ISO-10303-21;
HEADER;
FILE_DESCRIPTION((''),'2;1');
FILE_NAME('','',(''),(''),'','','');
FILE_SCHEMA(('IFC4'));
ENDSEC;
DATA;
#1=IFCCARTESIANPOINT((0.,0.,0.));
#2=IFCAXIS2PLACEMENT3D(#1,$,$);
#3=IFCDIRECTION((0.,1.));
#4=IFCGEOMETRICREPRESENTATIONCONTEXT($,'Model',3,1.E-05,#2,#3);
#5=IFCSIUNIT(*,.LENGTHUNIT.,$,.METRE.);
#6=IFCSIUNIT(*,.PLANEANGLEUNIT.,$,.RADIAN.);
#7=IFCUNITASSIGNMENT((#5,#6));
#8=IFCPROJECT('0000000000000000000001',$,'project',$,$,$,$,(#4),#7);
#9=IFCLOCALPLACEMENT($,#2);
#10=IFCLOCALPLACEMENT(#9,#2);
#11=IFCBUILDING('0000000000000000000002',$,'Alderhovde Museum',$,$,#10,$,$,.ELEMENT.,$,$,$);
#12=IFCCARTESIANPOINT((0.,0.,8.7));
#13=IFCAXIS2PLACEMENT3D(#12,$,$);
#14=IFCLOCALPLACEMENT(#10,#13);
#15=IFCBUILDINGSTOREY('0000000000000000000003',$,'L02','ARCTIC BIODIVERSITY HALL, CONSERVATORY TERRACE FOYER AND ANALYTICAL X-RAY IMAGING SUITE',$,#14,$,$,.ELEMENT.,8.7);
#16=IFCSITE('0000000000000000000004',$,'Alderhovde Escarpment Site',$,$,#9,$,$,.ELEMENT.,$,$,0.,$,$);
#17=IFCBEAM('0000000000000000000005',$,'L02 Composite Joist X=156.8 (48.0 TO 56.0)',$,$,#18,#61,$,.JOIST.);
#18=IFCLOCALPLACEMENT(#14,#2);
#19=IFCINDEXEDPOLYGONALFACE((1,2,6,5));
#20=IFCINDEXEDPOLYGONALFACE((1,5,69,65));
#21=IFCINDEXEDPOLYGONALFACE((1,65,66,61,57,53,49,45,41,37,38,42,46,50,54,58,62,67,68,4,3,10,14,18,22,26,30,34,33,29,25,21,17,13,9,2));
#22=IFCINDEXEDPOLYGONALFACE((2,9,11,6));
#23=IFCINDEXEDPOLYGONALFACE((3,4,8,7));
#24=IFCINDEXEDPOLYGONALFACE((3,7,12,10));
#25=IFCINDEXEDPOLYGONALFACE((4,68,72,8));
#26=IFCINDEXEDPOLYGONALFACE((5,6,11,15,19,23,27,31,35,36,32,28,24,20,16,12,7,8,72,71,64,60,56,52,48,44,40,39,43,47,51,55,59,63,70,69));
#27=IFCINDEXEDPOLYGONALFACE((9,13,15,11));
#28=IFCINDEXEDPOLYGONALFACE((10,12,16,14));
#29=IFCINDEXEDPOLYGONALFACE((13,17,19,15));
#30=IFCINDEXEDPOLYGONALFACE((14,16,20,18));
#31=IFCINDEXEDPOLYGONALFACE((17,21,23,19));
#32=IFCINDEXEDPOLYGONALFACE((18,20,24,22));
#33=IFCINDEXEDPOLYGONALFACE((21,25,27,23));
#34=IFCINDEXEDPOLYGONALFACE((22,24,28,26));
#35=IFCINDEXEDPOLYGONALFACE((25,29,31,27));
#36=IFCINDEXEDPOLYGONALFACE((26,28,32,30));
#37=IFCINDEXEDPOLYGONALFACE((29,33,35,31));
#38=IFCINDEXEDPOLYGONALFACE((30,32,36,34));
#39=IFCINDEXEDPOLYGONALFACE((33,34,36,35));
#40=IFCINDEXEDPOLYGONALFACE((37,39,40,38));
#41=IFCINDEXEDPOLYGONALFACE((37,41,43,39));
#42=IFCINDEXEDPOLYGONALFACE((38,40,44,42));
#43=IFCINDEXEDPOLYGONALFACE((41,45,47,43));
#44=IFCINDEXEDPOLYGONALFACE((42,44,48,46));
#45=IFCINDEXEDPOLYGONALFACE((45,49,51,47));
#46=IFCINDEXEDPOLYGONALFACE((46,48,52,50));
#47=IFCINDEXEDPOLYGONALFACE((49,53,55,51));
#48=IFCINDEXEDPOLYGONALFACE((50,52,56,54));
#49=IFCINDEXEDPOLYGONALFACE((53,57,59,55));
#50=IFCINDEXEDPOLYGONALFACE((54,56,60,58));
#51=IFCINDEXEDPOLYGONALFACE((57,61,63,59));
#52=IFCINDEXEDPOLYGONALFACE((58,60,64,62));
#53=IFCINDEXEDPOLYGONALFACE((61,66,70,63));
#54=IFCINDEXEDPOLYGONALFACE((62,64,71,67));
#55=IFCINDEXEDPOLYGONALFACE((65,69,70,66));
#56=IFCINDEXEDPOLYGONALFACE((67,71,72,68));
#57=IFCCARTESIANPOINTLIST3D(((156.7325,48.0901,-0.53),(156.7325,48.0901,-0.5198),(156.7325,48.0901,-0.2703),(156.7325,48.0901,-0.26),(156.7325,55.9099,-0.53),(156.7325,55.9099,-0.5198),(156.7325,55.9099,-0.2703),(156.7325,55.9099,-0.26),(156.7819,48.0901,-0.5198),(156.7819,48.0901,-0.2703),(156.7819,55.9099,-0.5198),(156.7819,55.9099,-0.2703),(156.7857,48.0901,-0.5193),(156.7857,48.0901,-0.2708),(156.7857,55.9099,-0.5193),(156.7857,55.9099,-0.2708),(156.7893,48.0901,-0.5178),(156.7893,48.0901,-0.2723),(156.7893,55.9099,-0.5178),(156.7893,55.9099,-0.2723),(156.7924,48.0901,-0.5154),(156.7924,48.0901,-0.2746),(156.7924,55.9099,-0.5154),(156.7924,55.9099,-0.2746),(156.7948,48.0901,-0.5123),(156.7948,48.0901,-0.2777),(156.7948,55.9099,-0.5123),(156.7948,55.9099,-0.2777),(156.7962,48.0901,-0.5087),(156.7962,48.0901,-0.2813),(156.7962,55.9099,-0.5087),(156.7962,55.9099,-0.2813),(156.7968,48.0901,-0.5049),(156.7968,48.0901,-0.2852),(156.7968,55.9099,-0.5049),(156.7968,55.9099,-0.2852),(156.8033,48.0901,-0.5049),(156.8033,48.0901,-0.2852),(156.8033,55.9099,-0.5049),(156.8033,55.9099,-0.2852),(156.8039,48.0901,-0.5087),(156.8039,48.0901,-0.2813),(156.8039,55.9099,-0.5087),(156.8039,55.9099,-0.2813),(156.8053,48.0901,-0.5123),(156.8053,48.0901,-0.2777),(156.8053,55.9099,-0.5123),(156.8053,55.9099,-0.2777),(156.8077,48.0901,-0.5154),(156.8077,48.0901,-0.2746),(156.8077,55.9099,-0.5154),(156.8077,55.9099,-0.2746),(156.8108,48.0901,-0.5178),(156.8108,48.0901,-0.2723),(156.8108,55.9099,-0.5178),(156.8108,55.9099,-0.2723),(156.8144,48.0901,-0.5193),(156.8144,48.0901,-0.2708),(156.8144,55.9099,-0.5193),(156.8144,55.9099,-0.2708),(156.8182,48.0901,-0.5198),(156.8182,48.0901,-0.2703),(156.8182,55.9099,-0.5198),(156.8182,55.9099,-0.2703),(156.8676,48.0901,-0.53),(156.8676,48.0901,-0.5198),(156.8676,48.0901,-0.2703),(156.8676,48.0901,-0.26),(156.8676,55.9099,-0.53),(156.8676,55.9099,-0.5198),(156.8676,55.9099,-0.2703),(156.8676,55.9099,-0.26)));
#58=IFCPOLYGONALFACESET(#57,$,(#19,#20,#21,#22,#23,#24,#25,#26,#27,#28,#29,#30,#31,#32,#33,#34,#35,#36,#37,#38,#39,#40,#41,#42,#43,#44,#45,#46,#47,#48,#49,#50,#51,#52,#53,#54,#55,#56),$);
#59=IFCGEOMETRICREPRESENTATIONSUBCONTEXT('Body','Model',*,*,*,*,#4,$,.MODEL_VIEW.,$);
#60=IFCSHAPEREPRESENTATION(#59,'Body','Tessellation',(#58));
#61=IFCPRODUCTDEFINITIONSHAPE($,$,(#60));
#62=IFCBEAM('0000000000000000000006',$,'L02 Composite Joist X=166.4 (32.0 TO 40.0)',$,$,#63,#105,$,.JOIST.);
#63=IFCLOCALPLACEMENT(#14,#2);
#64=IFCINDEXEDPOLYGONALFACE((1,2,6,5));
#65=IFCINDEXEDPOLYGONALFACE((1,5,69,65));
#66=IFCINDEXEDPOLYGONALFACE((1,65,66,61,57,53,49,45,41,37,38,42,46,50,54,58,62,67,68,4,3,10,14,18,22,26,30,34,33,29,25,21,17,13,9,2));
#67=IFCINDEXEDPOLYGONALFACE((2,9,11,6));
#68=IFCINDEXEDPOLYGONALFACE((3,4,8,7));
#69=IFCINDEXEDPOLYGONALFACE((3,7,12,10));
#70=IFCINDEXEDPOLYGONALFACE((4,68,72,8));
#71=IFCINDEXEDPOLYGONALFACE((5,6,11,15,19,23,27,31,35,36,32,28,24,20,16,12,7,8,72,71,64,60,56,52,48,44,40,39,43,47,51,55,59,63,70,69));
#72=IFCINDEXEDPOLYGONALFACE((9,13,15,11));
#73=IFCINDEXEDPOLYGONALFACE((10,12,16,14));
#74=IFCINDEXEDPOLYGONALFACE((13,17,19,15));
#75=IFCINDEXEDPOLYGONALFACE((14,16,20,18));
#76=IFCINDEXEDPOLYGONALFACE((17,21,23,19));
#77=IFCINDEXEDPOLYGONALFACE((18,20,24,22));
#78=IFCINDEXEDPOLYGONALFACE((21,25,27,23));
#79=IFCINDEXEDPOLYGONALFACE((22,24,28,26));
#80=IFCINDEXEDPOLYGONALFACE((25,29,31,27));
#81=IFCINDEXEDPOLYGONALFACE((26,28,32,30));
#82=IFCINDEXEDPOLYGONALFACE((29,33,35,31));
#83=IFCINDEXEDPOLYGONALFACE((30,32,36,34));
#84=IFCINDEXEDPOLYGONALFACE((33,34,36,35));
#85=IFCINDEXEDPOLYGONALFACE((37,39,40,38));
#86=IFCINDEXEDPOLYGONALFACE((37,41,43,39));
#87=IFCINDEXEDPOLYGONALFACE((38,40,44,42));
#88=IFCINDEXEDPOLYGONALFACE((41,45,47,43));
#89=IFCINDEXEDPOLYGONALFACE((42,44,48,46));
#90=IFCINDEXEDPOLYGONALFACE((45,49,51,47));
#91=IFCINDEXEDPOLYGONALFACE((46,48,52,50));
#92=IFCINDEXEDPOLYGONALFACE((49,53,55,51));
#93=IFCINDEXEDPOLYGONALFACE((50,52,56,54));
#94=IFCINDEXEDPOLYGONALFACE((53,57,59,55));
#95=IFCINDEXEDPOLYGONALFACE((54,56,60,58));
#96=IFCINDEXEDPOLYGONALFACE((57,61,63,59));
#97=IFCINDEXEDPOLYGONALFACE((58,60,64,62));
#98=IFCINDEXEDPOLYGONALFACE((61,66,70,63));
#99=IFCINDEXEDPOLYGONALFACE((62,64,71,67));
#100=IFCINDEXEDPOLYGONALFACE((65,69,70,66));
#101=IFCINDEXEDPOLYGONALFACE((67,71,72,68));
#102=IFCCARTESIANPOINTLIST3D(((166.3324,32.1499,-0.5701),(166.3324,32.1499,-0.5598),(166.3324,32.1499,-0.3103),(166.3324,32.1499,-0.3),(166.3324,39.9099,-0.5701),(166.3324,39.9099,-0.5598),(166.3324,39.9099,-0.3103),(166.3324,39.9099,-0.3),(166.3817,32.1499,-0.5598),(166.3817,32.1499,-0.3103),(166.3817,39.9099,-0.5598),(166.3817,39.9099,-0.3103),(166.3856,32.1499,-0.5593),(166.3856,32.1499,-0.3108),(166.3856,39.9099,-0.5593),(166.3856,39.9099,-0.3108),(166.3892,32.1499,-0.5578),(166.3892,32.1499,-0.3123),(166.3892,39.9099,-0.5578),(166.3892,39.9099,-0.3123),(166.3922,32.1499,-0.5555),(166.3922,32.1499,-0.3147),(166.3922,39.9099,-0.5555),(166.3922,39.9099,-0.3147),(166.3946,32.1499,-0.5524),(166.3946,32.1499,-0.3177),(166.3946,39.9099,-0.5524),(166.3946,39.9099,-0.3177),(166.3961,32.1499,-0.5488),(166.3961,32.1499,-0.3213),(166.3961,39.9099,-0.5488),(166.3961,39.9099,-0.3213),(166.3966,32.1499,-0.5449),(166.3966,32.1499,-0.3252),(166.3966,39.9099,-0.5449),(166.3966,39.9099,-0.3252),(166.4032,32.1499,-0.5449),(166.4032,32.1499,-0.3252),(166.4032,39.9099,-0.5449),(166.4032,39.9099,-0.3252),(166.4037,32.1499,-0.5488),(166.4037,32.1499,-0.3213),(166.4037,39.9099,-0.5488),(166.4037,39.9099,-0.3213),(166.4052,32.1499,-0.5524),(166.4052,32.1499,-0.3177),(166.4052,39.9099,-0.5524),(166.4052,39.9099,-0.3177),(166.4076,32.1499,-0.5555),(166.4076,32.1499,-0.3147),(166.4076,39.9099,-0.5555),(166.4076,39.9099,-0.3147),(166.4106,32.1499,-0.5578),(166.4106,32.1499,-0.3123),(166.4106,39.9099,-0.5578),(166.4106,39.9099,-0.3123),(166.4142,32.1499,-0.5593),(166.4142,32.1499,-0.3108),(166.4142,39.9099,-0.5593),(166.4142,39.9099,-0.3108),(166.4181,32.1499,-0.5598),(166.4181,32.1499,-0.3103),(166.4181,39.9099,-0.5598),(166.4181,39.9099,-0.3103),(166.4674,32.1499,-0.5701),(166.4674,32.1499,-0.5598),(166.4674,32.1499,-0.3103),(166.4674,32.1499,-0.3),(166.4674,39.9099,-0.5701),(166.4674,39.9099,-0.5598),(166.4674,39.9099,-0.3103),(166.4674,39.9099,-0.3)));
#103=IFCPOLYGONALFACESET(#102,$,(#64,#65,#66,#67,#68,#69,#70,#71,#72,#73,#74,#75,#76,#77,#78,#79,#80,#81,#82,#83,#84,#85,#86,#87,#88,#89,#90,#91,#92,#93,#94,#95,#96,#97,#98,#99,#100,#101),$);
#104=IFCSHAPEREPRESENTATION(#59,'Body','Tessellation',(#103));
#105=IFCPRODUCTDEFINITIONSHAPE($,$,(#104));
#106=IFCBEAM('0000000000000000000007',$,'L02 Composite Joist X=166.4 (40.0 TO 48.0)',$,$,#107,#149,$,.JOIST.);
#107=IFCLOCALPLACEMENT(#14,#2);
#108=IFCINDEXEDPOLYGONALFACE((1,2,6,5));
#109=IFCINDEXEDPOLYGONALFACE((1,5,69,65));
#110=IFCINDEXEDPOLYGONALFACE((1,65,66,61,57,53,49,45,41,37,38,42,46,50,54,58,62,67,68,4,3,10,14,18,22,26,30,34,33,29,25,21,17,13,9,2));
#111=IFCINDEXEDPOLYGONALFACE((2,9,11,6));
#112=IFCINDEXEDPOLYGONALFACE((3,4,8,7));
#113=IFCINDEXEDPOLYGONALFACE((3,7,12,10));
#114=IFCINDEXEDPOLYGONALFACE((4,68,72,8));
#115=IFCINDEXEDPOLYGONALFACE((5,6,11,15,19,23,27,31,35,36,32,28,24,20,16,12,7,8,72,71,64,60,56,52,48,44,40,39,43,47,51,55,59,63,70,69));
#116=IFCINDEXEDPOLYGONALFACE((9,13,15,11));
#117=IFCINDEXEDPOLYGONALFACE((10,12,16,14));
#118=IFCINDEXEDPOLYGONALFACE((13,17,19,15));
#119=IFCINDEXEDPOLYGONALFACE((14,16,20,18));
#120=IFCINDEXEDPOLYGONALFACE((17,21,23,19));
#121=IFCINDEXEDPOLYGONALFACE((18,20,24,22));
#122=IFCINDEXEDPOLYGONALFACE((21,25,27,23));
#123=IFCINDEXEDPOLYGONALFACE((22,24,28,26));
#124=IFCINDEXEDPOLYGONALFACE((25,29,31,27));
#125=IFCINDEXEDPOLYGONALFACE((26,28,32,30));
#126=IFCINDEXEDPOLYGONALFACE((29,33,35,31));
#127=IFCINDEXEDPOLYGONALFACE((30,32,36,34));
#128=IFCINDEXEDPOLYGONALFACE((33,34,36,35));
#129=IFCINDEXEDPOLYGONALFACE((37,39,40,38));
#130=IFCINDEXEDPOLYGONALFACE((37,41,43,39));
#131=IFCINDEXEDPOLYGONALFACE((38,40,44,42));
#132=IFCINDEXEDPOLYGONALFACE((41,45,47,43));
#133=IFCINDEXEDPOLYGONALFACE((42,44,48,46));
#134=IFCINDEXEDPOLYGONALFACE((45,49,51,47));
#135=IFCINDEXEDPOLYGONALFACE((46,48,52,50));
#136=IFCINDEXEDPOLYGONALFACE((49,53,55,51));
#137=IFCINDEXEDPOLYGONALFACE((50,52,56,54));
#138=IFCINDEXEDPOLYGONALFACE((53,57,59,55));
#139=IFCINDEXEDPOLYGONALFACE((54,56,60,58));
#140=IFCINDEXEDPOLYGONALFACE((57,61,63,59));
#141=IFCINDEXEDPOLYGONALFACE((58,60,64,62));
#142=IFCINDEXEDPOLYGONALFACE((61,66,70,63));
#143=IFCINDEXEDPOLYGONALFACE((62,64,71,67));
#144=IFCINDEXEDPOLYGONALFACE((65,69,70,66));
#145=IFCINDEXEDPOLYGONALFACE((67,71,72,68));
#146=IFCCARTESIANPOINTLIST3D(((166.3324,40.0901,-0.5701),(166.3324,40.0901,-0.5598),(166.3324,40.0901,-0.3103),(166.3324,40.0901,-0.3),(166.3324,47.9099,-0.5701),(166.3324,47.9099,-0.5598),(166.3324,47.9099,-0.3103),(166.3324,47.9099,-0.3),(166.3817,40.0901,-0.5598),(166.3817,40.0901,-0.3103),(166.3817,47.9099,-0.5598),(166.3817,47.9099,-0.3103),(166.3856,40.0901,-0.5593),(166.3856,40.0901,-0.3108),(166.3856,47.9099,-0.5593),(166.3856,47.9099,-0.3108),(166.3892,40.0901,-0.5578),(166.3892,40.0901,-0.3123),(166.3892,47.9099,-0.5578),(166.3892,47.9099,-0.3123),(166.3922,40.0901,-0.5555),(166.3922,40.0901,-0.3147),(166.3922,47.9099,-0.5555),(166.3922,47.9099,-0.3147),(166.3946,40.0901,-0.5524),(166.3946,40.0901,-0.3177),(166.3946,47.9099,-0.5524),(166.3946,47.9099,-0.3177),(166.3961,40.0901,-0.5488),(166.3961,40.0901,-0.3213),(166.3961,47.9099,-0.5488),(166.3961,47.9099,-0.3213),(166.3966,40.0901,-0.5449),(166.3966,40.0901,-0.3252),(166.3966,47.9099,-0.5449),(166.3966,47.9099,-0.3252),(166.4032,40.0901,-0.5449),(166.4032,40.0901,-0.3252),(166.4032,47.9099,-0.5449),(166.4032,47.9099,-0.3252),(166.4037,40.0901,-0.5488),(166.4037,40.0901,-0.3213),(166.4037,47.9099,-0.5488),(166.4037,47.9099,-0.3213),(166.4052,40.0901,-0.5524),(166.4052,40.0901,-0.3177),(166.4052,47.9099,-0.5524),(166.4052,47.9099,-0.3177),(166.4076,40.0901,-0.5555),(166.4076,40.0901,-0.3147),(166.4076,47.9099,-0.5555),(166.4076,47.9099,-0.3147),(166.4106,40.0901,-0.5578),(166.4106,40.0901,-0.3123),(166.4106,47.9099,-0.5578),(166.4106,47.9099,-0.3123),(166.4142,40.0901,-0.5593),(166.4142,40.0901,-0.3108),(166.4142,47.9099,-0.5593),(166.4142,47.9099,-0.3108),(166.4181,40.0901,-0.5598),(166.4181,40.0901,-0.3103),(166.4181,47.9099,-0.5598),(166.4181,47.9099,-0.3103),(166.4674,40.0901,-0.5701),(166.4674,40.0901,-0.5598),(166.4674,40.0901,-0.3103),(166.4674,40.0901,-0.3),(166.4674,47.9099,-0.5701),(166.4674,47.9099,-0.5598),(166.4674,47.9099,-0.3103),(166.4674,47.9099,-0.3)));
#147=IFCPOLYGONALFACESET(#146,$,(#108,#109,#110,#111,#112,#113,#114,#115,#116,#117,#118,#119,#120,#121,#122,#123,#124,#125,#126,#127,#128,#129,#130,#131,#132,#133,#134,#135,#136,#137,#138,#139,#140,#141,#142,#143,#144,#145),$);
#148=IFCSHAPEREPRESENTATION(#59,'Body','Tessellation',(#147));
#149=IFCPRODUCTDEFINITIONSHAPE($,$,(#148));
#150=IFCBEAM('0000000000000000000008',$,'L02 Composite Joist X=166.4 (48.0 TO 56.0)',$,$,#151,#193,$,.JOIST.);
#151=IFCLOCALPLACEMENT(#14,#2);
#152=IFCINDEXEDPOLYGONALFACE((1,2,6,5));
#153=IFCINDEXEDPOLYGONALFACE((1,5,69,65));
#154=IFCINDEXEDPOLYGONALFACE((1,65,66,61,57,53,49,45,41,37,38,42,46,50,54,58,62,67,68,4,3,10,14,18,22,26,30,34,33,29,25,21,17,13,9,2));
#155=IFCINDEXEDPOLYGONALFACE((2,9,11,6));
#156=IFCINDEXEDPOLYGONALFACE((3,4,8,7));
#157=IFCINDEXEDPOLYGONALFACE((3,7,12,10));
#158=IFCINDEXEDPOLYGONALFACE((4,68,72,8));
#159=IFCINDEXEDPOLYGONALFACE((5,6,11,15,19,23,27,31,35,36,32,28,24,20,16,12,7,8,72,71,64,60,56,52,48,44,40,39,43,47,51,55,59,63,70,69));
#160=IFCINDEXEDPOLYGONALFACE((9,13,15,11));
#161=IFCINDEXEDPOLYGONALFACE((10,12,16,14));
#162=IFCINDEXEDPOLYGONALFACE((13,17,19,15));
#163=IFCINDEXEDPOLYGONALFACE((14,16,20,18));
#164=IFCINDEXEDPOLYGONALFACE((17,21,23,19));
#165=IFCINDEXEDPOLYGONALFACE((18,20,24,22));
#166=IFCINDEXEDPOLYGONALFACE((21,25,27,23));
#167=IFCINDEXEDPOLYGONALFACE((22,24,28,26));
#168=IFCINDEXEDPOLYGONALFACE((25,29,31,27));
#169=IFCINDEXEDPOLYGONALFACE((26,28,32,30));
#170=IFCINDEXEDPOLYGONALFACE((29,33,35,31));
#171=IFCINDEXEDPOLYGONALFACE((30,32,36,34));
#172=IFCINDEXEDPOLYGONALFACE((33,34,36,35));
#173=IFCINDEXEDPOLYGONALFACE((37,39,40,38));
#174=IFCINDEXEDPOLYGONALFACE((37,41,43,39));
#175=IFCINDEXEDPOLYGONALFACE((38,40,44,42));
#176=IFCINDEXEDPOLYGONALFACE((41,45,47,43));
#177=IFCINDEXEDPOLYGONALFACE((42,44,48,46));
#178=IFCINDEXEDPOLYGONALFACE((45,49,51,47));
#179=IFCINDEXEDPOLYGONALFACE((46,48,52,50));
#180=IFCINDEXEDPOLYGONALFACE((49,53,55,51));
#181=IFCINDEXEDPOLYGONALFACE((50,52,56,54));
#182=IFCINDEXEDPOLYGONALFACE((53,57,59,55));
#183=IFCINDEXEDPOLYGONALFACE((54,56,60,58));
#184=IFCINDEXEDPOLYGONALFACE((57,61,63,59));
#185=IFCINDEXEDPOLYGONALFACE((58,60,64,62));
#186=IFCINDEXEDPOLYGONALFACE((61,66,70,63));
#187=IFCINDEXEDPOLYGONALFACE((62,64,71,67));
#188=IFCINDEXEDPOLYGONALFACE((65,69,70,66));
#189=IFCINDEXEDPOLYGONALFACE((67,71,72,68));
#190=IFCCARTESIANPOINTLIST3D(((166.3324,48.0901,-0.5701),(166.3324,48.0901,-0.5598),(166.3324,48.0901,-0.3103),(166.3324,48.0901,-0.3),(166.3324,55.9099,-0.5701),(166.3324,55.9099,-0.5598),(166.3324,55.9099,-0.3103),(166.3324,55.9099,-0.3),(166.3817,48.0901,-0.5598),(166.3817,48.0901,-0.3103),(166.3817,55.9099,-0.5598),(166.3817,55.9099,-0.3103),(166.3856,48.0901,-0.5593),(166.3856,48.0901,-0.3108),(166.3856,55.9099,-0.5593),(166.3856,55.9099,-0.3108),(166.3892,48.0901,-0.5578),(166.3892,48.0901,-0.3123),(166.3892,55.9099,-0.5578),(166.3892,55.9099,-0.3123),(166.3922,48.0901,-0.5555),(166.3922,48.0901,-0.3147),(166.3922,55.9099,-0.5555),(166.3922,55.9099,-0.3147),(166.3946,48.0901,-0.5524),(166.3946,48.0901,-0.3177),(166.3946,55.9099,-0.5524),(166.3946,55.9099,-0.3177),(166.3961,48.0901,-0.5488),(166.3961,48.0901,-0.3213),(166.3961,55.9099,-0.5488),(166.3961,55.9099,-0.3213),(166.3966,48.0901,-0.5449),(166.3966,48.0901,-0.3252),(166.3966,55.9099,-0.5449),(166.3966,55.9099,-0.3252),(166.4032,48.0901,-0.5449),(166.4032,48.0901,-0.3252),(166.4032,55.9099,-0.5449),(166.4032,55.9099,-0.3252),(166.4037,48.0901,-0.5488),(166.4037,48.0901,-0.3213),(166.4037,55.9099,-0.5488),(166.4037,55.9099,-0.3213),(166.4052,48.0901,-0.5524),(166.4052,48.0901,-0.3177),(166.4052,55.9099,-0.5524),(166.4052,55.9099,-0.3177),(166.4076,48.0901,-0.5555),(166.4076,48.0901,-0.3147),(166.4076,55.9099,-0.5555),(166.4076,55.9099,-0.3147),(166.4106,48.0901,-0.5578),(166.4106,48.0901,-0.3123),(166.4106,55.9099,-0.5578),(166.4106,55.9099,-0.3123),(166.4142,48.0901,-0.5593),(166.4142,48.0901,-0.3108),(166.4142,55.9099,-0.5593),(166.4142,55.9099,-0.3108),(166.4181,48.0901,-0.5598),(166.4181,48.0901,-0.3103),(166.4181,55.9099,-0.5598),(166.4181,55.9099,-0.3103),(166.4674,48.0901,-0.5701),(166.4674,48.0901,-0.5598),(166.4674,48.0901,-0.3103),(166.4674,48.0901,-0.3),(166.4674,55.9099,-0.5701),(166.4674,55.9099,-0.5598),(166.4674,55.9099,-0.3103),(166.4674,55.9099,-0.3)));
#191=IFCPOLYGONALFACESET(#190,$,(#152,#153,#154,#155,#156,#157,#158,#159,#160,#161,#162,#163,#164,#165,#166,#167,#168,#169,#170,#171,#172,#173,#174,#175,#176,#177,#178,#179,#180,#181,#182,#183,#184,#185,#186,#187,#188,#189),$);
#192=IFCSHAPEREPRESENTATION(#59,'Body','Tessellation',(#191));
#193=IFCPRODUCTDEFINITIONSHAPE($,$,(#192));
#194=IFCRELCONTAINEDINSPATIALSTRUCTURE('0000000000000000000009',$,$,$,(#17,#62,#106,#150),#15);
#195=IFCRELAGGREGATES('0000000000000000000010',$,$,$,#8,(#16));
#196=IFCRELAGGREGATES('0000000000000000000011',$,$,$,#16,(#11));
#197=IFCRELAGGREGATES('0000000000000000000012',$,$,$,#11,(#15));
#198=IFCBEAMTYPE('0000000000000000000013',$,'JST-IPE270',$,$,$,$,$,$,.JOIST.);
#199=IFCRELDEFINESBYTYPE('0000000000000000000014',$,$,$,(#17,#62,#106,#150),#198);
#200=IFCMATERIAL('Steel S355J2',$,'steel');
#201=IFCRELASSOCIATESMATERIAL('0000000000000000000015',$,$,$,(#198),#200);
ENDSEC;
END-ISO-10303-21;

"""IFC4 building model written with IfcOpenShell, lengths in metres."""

from ifc_helpers import new_model, si_unit, direction, frame, origin, origin_2d, place, context, subcontext, project, spatial, i_section, extrude, material, material_profile, profile_set, type_object, element, save


model = new_model("IFC4")

# Units and contexts
model_context = context("Model", 3, precision=1e-05, world=origin(), true_north=direction((0.0, 1.0)))
body_context = subcontext(model_context, "Body", "Model", "MODEL_VIEW")
ifc_project = project(units=[si_unit("LENGTHUNIT", "METRE"), si_unit("PLANEANGLEUNIT", "RADIAN")], contexts=[model_context])

# Site, building, storey
site_placement = place(None, origin())
site = spatial("IfcSite", under=ifc_project, at=site_placement, Name="Alderhovde Escarpment Site", CompositionType="ELEMENT", RefElevation=0.0)
building_placement = place(site_placement, origin())
building = spatial("IfcBuilding", under=site, at=building_placement, Name="Alderhovde Museum", CompositionType="ELEMENT")
storey_placement = place(building_placement, frame((0.0, 0.0, 8.7)))
storey = spatial("IfcBuildingStorey", under=building, at=storey_placement, Name="L02", Description="ARCTIC BIODIVERSITY HALL, CONSERVATORY TERRACE FOYER AND ANALYTICAL X-RAY IMAGING SUITE", CompositionType="ELEMENT", Elevation=8.7)

# Beams
ifc_material_1 = material(Name="Steel S355J2", Category="steel")
ifc_material_profile_1 = material_profile(ifc_material_1, i_section(OverallWidth=0.135, OverallDepth=0.27, WebThickness=0.0066, FlangeThickness=0.0103, FilletRadius=0.0149, at=origin_2d()), Name="IPE 270")
ifc_profile_set_1 = profile_set([ifc_material_profile_1], Name="Steel S355J2")
beam_type_1 = type_object("IfcBeamType", Name="JST-IPE270", PredefinedType="JOIST", material=ifc_profile_set_1)
for number, where, z_axis, x_axis, name in (
    (1, (156.8, 48.0901, -0.395), (0.0, 1.0, 0.0), (-1.0, 0.0, 0.0), "L02 Composite Joist X=156.8 (48.0 TO 56.0)"),
):
    element("IfcBeam", number, at=place(storey_placement, frame(where, z_axis=z_axis, x_axis=x_axis)), inside=storey, type_object=beam_type_1, Name=name, PredefinedType="JOIST", context=body_context, shape_type="SweptSolid", body=[
        extrude(i_section(OverallWidth=0.135, OverallDepth=0.27, WebThickness=0.0066, FlangeThickness=0.0103, FilletRadius=0.0149, at=origin_2d()), origin(), (0.0, 0.0, 1.0), 7.8198),
    ])
beam_1_placement = place(storey_placement, frame((166.3999, 32.1499, -0.4351), z_axis=(0.0, 1.0, 0.0), x_axis=(-1.0, 0.0, 0.0)))
element("IfcBeam", 2, at=beam_1_placement, inside=storey, type_object=beam_type_1, Name="L02 Composite Joist X=166.4 (32.0 TO 40.0)", PredefinedType="JOIST", context=body_context, shape_type="SweptSolid", body=[
    extrude(i_section(OverallWidth=0.135, OverallDepth=0.27, WebThickness=0.0066, FlangeThickness=0.0103, FilletRadius=0.0149, at=origin_2d()), origin(), (0.0, 0.0, 1.0), 7.76),
])
for number, where, z_axis, x_axis, name in (
    (3, (166.3999, 40.0901, -0.4351), (0.0, 1.0, 0.0), (-1.0, 0.0, 0.0), "L02 Composite Joist X=166.4 (40.0 TO 48.0)"),
    (4, (166.3999, 48.0901, -0.4351), (0.0, 1.0, 0.0), (-1.0, 0.0, 0.0), "L02 Composite Joist X=166.4 (48.0 TO 56.0)"),
):
    element("IfcBeam", number, at=place(storey_placement, frame(where, z_axis=z_axis, x_axis=x_axis)), inside=storey, type_object=beam_type_1, Name=name, PredefinedType="JOIST", context=body_context, shape_type="SweptSolid", body=[
        extrude(i_section(OverallWidth=0.135, OverallDepth=0.27, WebThickness=0.0066, FlangeThickness=0.0103, FilletRadius=0.0149, at=origin_2d()), origin(), (0.0, 0.0, 1.0), 7.8198),
    ])

save(model, "model.ifc")
